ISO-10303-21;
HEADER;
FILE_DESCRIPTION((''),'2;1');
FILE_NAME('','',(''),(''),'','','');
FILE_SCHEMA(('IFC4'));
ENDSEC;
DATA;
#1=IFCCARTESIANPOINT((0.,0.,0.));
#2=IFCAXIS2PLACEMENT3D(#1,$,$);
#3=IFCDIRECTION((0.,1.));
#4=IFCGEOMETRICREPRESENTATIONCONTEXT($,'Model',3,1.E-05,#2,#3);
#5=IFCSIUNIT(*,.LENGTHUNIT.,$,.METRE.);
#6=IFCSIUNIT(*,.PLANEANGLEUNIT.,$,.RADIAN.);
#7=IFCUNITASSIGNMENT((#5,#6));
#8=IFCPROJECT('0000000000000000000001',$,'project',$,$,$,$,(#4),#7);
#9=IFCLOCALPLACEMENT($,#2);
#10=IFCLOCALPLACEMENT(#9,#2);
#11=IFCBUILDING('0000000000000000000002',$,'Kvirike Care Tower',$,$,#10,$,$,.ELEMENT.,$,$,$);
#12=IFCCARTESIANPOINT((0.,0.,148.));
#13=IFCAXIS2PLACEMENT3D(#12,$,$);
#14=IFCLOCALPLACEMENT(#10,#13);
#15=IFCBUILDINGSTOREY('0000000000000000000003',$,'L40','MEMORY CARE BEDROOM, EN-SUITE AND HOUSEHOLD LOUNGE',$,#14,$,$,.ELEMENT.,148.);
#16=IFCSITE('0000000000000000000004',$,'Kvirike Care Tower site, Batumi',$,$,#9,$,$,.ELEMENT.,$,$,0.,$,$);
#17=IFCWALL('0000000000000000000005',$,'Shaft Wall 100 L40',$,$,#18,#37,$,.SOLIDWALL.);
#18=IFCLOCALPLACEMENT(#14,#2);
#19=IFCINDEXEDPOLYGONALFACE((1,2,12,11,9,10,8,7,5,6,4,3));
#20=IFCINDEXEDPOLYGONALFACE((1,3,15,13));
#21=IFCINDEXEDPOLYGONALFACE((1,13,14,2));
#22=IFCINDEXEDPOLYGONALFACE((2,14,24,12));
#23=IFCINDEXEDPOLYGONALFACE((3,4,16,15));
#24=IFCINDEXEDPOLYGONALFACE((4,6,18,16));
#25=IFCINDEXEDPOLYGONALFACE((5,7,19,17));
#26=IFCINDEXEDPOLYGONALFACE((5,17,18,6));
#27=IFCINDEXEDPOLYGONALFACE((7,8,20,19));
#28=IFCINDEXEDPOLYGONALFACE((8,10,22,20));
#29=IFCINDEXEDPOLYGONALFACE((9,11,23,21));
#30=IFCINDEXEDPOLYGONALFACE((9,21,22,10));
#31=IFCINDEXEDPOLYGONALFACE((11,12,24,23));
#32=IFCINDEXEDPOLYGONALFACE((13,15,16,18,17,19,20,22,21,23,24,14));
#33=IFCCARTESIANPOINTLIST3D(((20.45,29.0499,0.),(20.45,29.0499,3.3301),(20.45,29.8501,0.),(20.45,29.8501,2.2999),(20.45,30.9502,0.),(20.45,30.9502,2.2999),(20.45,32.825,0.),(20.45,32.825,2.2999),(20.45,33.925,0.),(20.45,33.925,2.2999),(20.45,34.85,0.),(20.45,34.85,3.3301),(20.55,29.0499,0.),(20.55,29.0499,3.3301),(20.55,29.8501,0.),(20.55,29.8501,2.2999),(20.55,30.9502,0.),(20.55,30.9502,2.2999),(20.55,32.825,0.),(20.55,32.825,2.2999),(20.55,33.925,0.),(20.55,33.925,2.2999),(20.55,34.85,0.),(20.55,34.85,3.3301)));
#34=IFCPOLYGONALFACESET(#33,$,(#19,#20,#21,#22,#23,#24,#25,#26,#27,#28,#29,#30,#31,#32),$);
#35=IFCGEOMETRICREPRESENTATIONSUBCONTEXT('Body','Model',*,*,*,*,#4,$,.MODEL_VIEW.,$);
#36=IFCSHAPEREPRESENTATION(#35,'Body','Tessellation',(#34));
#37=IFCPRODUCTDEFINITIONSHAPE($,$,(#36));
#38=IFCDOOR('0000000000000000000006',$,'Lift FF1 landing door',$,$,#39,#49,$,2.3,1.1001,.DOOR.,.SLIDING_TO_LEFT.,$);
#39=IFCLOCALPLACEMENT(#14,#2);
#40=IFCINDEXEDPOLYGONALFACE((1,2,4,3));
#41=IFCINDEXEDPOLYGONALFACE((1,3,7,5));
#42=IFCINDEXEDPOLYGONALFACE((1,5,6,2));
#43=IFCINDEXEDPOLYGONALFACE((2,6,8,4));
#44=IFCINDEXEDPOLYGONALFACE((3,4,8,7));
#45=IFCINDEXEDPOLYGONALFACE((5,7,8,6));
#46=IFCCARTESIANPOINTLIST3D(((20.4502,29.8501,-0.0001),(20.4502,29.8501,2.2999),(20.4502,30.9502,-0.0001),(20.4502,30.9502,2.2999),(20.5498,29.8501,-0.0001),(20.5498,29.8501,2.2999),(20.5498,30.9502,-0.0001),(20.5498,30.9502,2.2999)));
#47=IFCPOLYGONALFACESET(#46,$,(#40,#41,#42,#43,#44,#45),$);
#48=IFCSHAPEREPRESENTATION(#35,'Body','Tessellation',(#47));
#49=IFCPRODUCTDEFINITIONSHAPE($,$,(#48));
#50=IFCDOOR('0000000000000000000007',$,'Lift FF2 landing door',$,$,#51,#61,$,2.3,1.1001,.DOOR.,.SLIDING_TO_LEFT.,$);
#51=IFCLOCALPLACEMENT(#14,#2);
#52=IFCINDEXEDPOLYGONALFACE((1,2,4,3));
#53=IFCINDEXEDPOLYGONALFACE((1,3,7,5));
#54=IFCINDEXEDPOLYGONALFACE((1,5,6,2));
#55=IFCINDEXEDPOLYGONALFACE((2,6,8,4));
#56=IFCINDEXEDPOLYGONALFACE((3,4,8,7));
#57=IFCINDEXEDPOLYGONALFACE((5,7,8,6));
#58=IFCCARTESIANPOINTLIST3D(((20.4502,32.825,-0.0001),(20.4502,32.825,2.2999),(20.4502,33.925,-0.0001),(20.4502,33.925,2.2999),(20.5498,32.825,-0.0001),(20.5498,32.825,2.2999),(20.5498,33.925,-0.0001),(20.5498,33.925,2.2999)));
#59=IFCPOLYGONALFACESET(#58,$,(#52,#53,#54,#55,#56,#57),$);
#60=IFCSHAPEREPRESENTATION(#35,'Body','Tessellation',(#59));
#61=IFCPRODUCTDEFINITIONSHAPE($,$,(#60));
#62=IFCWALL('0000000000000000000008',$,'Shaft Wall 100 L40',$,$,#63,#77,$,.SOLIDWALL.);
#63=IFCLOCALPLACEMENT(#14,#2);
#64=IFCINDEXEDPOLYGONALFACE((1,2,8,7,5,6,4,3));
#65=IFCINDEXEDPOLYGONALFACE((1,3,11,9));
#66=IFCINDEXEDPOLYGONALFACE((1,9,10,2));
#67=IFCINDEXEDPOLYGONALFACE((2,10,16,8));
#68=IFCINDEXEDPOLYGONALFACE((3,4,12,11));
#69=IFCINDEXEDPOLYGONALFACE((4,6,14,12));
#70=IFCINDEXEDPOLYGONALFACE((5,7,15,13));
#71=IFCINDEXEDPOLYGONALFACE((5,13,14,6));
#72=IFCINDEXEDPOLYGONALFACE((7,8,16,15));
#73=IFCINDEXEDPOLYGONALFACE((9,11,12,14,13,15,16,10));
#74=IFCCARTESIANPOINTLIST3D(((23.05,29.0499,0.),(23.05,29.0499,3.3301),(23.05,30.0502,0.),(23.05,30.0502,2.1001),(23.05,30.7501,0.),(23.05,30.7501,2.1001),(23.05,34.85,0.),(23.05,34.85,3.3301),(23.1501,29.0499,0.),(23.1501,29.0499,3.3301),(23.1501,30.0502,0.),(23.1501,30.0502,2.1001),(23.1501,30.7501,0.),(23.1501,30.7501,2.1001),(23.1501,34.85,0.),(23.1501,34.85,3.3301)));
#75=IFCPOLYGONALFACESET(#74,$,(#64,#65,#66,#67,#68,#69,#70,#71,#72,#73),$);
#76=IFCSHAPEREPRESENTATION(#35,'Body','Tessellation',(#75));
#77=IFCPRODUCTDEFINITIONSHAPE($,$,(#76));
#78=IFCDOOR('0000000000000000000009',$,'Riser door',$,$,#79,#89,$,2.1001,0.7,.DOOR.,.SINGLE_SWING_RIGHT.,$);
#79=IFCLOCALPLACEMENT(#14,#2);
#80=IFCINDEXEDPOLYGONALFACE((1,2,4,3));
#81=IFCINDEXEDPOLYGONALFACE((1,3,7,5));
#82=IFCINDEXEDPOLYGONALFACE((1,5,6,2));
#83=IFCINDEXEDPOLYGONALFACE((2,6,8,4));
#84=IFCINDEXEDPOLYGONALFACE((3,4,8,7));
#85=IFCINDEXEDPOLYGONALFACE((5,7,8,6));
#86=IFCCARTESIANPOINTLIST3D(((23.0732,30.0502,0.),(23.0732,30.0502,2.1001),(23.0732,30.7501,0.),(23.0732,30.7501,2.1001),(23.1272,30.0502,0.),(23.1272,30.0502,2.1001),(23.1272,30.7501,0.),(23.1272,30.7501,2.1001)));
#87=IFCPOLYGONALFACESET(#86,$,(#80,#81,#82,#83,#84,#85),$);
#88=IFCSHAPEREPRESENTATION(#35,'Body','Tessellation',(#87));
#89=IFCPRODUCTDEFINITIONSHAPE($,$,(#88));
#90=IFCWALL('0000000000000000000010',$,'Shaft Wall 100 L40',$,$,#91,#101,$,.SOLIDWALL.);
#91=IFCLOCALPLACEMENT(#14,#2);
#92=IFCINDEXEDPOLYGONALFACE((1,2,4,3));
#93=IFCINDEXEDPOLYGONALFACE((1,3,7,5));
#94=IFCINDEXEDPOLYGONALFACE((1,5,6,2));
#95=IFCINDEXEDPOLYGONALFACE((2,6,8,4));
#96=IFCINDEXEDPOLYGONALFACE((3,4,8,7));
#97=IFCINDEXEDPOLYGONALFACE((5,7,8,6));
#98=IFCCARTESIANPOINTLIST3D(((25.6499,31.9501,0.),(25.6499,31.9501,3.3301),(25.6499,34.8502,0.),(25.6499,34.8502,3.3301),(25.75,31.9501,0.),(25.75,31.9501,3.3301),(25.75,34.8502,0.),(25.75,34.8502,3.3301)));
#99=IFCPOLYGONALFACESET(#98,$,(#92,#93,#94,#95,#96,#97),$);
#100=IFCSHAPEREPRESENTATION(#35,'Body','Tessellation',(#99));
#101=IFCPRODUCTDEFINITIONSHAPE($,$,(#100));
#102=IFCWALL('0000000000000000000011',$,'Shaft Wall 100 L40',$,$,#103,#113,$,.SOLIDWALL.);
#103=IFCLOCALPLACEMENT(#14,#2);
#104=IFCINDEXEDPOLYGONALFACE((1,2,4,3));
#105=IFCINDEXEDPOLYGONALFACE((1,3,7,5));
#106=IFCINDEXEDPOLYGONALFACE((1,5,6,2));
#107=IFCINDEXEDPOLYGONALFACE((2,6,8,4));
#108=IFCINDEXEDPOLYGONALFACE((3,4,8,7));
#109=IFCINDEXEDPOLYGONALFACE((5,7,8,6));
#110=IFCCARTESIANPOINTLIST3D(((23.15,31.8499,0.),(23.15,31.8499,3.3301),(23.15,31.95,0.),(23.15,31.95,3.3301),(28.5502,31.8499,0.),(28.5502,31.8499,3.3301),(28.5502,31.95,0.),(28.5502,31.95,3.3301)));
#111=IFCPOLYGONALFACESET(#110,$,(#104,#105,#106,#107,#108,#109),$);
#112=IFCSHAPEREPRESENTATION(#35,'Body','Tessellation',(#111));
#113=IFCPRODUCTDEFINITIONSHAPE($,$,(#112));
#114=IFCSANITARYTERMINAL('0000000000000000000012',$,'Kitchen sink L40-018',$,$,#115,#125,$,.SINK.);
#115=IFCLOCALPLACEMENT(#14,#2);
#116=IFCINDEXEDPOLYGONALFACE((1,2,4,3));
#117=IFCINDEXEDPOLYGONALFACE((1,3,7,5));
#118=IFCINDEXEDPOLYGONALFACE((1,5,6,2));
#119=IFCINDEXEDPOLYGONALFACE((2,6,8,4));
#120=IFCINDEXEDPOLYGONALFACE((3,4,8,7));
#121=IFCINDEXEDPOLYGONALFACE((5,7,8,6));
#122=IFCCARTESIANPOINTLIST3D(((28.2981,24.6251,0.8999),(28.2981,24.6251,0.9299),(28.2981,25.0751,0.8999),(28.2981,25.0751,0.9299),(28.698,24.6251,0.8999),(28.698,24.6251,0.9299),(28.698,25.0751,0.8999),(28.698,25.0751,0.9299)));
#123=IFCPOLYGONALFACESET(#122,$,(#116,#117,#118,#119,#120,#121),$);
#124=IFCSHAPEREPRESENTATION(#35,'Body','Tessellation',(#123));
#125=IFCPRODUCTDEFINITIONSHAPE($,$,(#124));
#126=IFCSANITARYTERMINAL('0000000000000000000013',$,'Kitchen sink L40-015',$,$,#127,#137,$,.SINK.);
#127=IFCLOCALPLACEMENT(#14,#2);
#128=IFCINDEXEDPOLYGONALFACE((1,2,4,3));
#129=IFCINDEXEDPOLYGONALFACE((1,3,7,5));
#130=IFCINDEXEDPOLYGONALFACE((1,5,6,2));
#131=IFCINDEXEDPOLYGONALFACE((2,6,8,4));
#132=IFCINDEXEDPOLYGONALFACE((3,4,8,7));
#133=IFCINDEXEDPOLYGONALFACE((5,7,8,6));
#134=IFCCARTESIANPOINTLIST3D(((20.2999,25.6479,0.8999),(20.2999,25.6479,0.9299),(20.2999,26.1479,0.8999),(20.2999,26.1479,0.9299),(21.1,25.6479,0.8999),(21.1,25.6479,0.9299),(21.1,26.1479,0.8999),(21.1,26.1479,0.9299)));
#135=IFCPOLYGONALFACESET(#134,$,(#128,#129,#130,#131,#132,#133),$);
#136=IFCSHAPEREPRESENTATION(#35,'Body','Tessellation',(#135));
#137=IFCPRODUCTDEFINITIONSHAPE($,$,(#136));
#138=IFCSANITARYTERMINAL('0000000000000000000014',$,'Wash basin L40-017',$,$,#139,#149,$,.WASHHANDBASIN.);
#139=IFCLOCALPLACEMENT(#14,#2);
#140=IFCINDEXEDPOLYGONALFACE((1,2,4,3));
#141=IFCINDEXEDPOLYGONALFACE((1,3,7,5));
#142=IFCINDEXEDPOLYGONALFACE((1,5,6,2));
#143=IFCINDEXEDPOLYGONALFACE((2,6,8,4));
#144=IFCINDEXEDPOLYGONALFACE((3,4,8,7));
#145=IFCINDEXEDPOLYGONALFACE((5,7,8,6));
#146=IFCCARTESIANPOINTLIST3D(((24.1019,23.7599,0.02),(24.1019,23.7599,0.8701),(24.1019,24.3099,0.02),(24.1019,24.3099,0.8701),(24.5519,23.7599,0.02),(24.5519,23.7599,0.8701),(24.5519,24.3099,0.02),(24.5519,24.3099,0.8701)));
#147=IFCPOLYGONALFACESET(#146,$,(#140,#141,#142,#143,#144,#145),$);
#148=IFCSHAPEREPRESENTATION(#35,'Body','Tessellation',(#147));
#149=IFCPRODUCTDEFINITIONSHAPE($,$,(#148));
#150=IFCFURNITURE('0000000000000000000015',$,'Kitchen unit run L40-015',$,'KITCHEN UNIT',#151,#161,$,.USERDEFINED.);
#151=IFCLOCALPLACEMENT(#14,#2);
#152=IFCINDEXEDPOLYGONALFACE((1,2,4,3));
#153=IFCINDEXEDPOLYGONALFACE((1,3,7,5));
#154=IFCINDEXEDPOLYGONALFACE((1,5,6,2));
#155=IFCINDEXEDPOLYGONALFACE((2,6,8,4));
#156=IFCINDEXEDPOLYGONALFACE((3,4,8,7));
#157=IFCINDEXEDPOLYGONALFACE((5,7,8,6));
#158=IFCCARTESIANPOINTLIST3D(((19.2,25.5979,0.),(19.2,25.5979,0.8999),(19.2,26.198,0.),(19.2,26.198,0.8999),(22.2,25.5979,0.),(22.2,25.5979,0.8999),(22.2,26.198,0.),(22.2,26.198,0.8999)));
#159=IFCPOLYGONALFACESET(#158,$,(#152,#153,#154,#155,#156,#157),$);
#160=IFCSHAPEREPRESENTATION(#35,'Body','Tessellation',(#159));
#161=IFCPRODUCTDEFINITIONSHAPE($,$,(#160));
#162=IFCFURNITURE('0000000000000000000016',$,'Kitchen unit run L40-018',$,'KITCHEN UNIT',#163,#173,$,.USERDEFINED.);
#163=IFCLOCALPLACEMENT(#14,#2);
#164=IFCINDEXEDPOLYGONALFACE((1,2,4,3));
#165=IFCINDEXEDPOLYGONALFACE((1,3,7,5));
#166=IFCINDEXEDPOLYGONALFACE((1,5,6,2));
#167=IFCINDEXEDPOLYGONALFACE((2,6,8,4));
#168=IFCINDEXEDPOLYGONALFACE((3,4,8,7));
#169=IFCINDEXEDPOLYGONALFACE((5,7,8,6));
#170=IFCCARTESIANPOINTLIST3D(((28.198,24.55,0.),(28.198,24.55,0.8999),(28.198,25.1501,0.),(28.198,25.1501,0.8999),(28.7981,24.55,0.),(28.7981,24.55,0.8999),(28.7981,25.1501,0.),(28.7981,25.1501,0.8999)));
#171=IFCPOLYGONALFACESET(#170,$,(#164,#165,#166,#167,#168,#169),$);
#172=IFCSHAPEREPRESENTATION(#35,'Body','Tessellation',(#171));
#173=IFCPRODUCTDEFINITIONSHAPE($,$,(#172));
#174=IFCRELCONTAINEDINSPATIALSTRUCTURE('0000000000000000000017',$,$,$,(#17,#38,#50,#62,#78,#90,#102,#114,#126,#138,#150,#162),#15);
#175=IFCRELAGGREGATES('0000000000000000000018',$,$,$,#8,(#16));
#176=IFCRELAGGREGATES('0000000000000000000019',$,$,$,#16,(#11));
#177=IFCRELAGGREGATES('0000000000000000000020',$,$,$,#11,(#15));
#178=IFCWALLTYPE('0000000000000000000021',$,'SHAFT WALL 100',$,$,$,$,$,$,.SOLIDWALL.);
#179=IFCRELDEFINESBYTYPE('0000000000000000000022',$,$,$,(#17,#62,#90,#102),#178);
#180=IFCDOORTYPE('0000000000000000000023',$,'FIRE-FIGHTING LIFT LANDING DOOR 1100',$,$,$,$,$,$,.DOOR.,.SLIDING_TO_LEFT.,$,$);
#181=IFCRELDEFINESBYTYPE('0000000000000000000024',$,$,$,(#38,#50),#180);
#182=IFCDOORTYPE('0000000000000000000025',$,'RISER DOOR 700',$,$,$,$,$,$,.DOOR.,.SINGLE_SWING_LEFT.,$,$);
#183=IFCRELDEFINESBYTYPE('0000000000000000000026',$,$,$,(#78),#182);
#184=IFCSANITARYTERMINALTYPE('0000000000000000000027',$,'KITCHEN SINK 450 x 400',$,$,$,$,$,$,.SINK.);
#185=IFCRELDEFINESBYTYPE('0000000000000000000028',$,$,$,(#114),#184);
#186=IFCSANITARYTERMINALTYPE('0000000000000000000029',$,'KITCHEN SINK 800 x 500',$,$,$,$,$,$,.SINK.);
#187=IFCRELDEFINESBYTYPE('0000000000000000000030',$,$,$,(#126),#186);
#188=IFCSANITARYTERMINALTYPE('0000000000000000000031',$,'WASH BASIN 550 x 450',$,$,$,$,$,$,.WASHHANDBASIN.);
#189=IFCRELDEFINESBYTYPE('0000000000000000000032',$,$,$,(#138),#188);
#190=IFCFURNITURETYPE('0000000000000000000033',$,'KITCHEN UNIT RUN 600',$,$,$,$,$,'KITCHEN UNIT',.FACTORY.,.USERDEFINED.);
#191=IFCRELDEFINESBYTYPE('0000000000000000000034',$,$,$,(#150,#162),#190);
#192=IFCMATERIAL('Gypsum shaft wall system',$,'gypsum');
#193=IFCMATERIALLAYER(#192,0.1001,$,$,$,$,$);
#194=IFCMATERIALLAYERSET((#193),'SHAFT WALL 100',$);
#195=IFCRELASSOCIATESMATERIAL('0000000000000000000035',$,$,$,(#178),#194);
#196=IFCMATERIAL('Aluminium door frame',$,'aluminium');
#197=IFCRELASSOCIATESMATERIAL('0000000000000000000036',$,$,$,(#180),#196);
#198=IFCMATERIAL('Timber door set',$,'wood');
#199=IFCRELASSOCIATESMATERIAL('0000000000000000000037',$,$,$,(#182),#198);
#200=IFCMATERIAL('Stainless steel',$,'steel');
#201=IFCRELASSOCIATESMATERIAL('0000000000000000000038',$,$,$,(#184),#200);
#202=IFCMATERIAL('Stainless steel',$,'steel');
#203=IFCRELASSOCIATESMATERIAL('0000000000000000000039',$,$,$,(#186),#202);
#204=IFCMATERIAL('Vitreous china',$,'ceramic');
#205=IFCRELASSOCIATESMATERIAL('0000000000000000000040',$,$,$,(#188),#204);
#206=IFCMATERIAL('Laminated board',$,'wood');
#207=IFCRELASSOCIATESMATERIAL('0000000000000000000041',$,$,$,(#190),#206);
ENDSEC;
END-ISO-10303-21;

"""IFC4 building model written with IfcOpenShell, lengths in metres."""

from ifc_helpers import new_model, si_unit, direction, frame, frame_2d, origin, origin_2d, place, context, subcontext, project, spatial, rectangle, extrude, material, layer, layer_set, type_object, element, fill, save


model = new_model("IFC4")

# Units and contexts
model_context = context("Model", 3, precision=1e-05, world=origin(), true_north=direction((0.0, 1.0)))
body_context = subcontext(model_context, "Body", "Model", "MODEL_VIEW")
ifc_project = project(units=[si_unit("LENGTHUNIT", "METRE"), si_unit("PLANEANGLEUNIT", "RADIAN")], contexts=[model_context])

# Site, building, storey
site_placement = place(None, origin())
site = spatial("IfcSite", under=ifc_project, at=site_placement, Name="Kvirike Care Tower site, Batumi", CompositionType="ELEMENT", RefElevation=0.0)
building_placement = place(site_placement, origin())
building = spatial("IfcBuilding", under=site, at=building_placement, Name="Kvirike Care Tower", CompositionType="ELEMENT")
storey_placement = place(building_placement, frame((0.0, 0.0, 148.0)))
storey = spatial("IfcBuildingStorey", under=building, at=storey_placement, Name="L40", Description="MEMORY CARE BEDROOM, EN-SUITE AND HOUSEHOLD LOUNGE", CompositionType="ELEMENT", Elevation=148.0)

# Wall, openings, doors
ifc_material_1 = material(Name="Gypsum shaft wall system", Category="gypsum")
ifc_layer_1 = layer(ifc_material_1, 0.1001)
ifc_layer_set_1 = layer_set([ifc_layer_1], Name="SHAFT WALL 100")
wall_type_1 = type_object("IfcWallType", Name="SHAFT WALL 100", PredefinedType="SOLIDWALL", material=ifc_layer_set_1)
wall_1_placement = place(storey_placement, frame((20.5, 29.05, 0.0), z_axis=(0.0, 0.0, 1.0), x_axis=(0.0, 1.0, 0.0)))
wall_1 = element("IfcWall", 1, at=wall_1_placement, inside=storey, type_object=wall_type_1, Name="Shaft Wall 100 L40", PredefinedType="SOLIDWALL", context=body_context, shape_type="SweptSolid", body=[
    extrude(rectangle(XDim=5.8, YDim=0.1001, at=frame_2d((2.8999, 0.0))), origin(), (0.0, 0.0, 1.0), 3.3301),
])
opening_1_placement = place(wall_1_placement, frame((0.8, 0.0, 0.0)))
opening_1 = element("IfcOpeningElement", 2, at=opening_1_placement, cuts=wall_1, PredefinedType="OPENING", context=body_context, shape_type="SweptSolid", body=[
    extrude(rectangle(XDim=1.1001, YDim=2.3, at=frame_2d((0.55, 1.1499))), frame((0.0, 0.0605, 0.0), z_axis=(0.0, -1.0, 0.0), x_axis=(1.0, 0.0, 0.0)), (0.0, 0.0, 1.0), 0.1211),
])
opening_2_placement = place(wall_1_placement, frame((3.7749, 0.0, 0.0)))
opening_2 = element("IfcOpeningElement", 3, at=opening_2_placement, cuts=wall_1, PredefinedType="OPENING", context=body_context, shape_type="SweptSolid", body=[
    extrude(rectangle(XDim=1.1001, YDim=2.3, at=frame_2d((0.55, 1.1499))), frame((0.0, 0.0605, 0.0), z_axis=(0.0, -1.0, 0.0), x_axis=(1.0, 0.0, 0.0)), (0.0, 0.0, 1.0), 0.1211),
])
ifc_material_2 = material(Name="Aluminium door frame", Category="aluminium")
door_type_1 = type_object("IfcDoorType", Name="FIRE-FIGHTING LIFT LANDING DOOR 1100", OperationType="SLIDING_TO_LEFT", PredefinedType="DOOR", material=ifc_material_2)
door_1_placement = place(opening_1_placement, origin())
door_1 = element("IfcDoor", 4, at=door_1_placement, inside=storey, type_object=door_type_1, Name="Lift FF1 landing door", OperationType="SLIDING_TO_LEFT", OverallHeight=2.3, OverallWidth=1.1001, PredefinedType="DOOR", context=body_context, shape_type="SweptSolid", body=[
    extrude(rectangle(XDim=1.1001, YDim=2.3, at=frame_2d((0.55, 1.1499))), frame((0.0, 0.0498, 0.0), z_axis=(0.0, -1.0, 0.0), x_axis=(1.0, 0.0, 0.0)), (0.0, 0.0, 1.0), 0.0996),
])
fill(opening_1, door_1)
door_2_placement = place(opening_2_placement, origin())
door_2 = element("IfcDoor", 5, at=door_2_placement, inside=storey, type_object=door_type_1, Name="Lift FF2 landing door", OperationType="SLIDING_TO_LEFT", OverallHeight=2.3, OverallWidth=1.1001, PredefinedType="DOOR", context=body_context, shape_type="SweptSolid", body=[
    extrude(rectangle(XDim=1.1001, YDim=2.3, at=frame_2d((0.55, 1.1499))), frame((0.0, 0.0498, 0.0), z_axis=(0.0, -1.0, 0.0), x_axis=(1.0, 0.0, 0.0)), (0.0, 0.0, 1.0), 0.0996),
])
fill(opening_2, door_2)

# Wall, opening, door
wall_2_placement = place(storey_placement, frame((23.1001, 29.05, 0.0), z_axis=(0.0, 0.0, 1.0), x_axis=(0.0, 1.0, 0.0)))
wall_2 = element("IfcWall", 6, at=wall_2_placement, inside=storey, type_object=wall_type_1, Name="Shaft Wall 100 L40", PredefinedType="SOLIDWALL", context=body_context, shape_type="SweptSolid", body=[
    extrude(rectangle(XDim=5.8, YDim=0.1001, at=frame_2d((2.8999, 0.0))), origin(), (0.0, 0.0, 1.0), 3.3301),
])
opening_3_placement = place(wall_2_placement, frame((1.0, 0.0, 0.0)))
opening_3 = element("IfcOpeningElement", 7, at=opening_3_placement, cuts=wall_2, PredefinedType="OPENING", context=body_context, shape_type="SweptSolid", body=[
    extrude(rectangle(XDim=0.7, YDim=2.1001, at=frame_2d((0.3501, 1.05))), frame((0.0, 0.0605, 0.0), z_axis=(0.0, -1.0, 0.0), x_axis=(1.0, 0.0, 0.0)), (0.0, 0.0, 1.0), 0.1211),
])
ifc_material_3 = material(Name="Timber door set", Category="wood")
door_type_2 = type_object("IfcDoorType", Name="RISER DOOR 700", OperationType="SINGLE_SWING_LEFT", PredefinedType="DOOR", material=ifc_material_3)
door_3_placement = place(opening_3_placement, origin())
door_3 = element("IfcDoor", 8, at=door_3_placement, inside=storey, type_object=door_type_2, Name="Riser door", OperationType="SINGLE_SWING_RIGHT", OverallHeight=2.1001, OverallWidth=0.7, PredefinedType="DOOR", context=body_context, shape_type="SweptSolid", body=[
    extrude(rectangle(XDim=0.7, YDim=2.1001, at=frame_2d((0.3501, 1.05))), frame((0.0, 0.0269, 0.0), z_axis=(0.0, -1.0, 0.0), x_axis=(1.0, 0.0, 0.0)), (0.0, 0.0, 1.0), 0.054),
])
fill(opening_3, door_3)

# Walls
wall_3_placement = place(storey_placement, frame((25.7, 31.95, 0.0), z_axis=(0.0, 0.0, 1.0), x_axis=(0.0, 1.0, 0.0)))
element("IfcWall", 9, at=wall_3_placement, inside=storey, type_object=wall_type_1, Name="Shaft Wall 100 L40", PredefinedType="SOLIDWALL", context=body_context, shape_type="SweptSolid", body=[
    extrude(rectangle(XDim=2.9001, YDim=0.1001, at=frame_2d((1.4502, 0.0))), origin(), (0.0, 0.0, 1.0), 3.3301),
])
wall_4_placement = place(storey_placement, frame((23.1499, 31.8999, 0.0), z_axis=(0.0, 0.0, 1.0), x_axis=(1.0, 0.0, 0.0)))
element("IfcWall", 10, at=wall_4_placement, inside=storey, type_object=wall_type_1, Name="Shaft Wall 100 L40", PredefinedType="SOLIDWALL", context=body_context, shape_type="SweptSolid", body=[
    extrude(rectangle(XDim=5.4001, YDim=0.1001, at=frame_2d((2.7002, 0.0))), origin(), (0.0, 0.0, 1.0), 3.3301),
])

# Sanitary terminals
ifc_material_4 = material(Name="Stainless steel", Category="steel")
sanitary_terminal_type_1 = type_object("IfcSanitaryTerminalType", Name="KITCHEN SINK 450 x 400", PredefinedType="SINK", material=ifc_material_4)
sanitary_terminal_1_placement = place(storey_placement, frame((28.498, 24.8501, 0.8999), z_axis=(0.0, 0.0, 1.0), x_axis=(0.0, -1.0, 0.0)))
element("IfcSanitaryTerminal", 11, at=sanitary_terminal_1_placement, inside=storey, type_object=sanitary_terminal_type_1, Name="Kitchen sink L40-018", PredefinedType="SINK", context=body_context, shape_type="SweptSolid", body=[
    extrude(rectangle(XDim=0.45, YDim=0.3999, at=origin_2d()), origin(), (0.0, 0.0, 1.0), 0.03),
])
ifc_material_5 = material(Name="Stainless steel", Category="steel")
sanitary_terminal_type_2 = type_object("IfcSanitaryTerminalType", Name="KITCHEN SINK 800 x 500", PredefinedType="SINK", material=ifc_material_5)
sanitary_terminal_2_placement = place(storey_placement, frame((20.7, 25.8979, 0.8999), z_axis=(0.0, 0.0, 1.0), x_axis=(1.0, 0.0, 0.0)))
element("IfcSanitaryTerminal", 12, at=sanitary_terminal_2_placement, inside=storey, type_object=sanitary_terminal_type_2, Name="Kitchen sink L40-015", PredefinedType="SINK", context=body_context, shape_type="SweptSolid", body=[
    extrude(rectangle(XDim=0.8, YDim=0.5, at=origin_2d()), origin(), (0.0, 0.0, 1.0), 0.03),
])
ifc_material_6 = material(Name="Vitreous china", Category="ceramic")
sanitary_terminal_type_3 = type_object("IfcSanitaryTerminalType", Name="WASH BASIN 550 x 450", PredefinedType="WASHHANDBASIN", material=ifc_material_6)
sanitary_terminal_3_placement = place(storey_placement, frame((24.3269, 24.0349, 0.02), z_axis=(0.0, 0.0, 1.0), x_axis=(0.0, 1.0, 0.0)))
element("IfcSanitaryTerminal", 13, at=sanitary_terminal_3_placement, inside=storey, type_object=sanitary_terminal_type_3, Name="Wash basin L40-017", PredefinedType="WASHHANDBASIN", context=body_context, shape_type="SweptSolid", body=[
    extrude(rectangle(XDim=0.55, YDim=0.45, at=origin_2d()), origin(), (0.0, 0.0, 1.0), 0.8501),
])

# Furniture
ifc_material_7 = material(Name="Laminated board", Category="wood")
furniture_type = type_object("IfcFurnitureType", Name="KITCHEN UNIT RUN 600", ElementType="KITCHEN UNIT", AssemblyPlace="FACTORY", PredefinedType="USERDEFINED", material=ifc_material_7)
furniture_1_placement = place(storey_placement, frame((20.7, 25.8979, 0.0), z_axis=(0.0, 0.0, 1.0), x_axis=(1.0, 0.0, 0.0)))
element("IfcFurniture", 14, at=furniture_1_placement, inside=storey, type_object=furniture_type, Name="Kitchen unit run L40-015", ObjectType="KITCHEN UNIT", PredefinedType="USERDEFINED", context=body_context, shape_type="SweptSolid", body=[
    extrude(rectangle(XDim=3.0, YDim=0.6001, at=origin_2d()), origin(), (0.0, 0.0, 1.0), 0.8999),
])
furniture_2_placement = place(storey_placement, frame((28.498, 24.8501, 0.0), z_axis=(0.0, 0.0, 1.0), x_axis=(0.0, -1.0, 0.0)))
element("IfcFurniture", 15, at=furniture_2_placement, inside=storey, type_object=furniture_type, Name="Kitchen unit run L40-018", ObjectType="KITCHEN UNIT", PredefinedType="USERDEFINED", context=body_context, shape_type="SweptSolid", body=[
    extrude(rectangle(XDim=0.6001, YDim=0.6001, at=origin_2d()), origin(), (0.0, 0.0, 1.0), 0.8999),
])

save(model, "model.ifc")
